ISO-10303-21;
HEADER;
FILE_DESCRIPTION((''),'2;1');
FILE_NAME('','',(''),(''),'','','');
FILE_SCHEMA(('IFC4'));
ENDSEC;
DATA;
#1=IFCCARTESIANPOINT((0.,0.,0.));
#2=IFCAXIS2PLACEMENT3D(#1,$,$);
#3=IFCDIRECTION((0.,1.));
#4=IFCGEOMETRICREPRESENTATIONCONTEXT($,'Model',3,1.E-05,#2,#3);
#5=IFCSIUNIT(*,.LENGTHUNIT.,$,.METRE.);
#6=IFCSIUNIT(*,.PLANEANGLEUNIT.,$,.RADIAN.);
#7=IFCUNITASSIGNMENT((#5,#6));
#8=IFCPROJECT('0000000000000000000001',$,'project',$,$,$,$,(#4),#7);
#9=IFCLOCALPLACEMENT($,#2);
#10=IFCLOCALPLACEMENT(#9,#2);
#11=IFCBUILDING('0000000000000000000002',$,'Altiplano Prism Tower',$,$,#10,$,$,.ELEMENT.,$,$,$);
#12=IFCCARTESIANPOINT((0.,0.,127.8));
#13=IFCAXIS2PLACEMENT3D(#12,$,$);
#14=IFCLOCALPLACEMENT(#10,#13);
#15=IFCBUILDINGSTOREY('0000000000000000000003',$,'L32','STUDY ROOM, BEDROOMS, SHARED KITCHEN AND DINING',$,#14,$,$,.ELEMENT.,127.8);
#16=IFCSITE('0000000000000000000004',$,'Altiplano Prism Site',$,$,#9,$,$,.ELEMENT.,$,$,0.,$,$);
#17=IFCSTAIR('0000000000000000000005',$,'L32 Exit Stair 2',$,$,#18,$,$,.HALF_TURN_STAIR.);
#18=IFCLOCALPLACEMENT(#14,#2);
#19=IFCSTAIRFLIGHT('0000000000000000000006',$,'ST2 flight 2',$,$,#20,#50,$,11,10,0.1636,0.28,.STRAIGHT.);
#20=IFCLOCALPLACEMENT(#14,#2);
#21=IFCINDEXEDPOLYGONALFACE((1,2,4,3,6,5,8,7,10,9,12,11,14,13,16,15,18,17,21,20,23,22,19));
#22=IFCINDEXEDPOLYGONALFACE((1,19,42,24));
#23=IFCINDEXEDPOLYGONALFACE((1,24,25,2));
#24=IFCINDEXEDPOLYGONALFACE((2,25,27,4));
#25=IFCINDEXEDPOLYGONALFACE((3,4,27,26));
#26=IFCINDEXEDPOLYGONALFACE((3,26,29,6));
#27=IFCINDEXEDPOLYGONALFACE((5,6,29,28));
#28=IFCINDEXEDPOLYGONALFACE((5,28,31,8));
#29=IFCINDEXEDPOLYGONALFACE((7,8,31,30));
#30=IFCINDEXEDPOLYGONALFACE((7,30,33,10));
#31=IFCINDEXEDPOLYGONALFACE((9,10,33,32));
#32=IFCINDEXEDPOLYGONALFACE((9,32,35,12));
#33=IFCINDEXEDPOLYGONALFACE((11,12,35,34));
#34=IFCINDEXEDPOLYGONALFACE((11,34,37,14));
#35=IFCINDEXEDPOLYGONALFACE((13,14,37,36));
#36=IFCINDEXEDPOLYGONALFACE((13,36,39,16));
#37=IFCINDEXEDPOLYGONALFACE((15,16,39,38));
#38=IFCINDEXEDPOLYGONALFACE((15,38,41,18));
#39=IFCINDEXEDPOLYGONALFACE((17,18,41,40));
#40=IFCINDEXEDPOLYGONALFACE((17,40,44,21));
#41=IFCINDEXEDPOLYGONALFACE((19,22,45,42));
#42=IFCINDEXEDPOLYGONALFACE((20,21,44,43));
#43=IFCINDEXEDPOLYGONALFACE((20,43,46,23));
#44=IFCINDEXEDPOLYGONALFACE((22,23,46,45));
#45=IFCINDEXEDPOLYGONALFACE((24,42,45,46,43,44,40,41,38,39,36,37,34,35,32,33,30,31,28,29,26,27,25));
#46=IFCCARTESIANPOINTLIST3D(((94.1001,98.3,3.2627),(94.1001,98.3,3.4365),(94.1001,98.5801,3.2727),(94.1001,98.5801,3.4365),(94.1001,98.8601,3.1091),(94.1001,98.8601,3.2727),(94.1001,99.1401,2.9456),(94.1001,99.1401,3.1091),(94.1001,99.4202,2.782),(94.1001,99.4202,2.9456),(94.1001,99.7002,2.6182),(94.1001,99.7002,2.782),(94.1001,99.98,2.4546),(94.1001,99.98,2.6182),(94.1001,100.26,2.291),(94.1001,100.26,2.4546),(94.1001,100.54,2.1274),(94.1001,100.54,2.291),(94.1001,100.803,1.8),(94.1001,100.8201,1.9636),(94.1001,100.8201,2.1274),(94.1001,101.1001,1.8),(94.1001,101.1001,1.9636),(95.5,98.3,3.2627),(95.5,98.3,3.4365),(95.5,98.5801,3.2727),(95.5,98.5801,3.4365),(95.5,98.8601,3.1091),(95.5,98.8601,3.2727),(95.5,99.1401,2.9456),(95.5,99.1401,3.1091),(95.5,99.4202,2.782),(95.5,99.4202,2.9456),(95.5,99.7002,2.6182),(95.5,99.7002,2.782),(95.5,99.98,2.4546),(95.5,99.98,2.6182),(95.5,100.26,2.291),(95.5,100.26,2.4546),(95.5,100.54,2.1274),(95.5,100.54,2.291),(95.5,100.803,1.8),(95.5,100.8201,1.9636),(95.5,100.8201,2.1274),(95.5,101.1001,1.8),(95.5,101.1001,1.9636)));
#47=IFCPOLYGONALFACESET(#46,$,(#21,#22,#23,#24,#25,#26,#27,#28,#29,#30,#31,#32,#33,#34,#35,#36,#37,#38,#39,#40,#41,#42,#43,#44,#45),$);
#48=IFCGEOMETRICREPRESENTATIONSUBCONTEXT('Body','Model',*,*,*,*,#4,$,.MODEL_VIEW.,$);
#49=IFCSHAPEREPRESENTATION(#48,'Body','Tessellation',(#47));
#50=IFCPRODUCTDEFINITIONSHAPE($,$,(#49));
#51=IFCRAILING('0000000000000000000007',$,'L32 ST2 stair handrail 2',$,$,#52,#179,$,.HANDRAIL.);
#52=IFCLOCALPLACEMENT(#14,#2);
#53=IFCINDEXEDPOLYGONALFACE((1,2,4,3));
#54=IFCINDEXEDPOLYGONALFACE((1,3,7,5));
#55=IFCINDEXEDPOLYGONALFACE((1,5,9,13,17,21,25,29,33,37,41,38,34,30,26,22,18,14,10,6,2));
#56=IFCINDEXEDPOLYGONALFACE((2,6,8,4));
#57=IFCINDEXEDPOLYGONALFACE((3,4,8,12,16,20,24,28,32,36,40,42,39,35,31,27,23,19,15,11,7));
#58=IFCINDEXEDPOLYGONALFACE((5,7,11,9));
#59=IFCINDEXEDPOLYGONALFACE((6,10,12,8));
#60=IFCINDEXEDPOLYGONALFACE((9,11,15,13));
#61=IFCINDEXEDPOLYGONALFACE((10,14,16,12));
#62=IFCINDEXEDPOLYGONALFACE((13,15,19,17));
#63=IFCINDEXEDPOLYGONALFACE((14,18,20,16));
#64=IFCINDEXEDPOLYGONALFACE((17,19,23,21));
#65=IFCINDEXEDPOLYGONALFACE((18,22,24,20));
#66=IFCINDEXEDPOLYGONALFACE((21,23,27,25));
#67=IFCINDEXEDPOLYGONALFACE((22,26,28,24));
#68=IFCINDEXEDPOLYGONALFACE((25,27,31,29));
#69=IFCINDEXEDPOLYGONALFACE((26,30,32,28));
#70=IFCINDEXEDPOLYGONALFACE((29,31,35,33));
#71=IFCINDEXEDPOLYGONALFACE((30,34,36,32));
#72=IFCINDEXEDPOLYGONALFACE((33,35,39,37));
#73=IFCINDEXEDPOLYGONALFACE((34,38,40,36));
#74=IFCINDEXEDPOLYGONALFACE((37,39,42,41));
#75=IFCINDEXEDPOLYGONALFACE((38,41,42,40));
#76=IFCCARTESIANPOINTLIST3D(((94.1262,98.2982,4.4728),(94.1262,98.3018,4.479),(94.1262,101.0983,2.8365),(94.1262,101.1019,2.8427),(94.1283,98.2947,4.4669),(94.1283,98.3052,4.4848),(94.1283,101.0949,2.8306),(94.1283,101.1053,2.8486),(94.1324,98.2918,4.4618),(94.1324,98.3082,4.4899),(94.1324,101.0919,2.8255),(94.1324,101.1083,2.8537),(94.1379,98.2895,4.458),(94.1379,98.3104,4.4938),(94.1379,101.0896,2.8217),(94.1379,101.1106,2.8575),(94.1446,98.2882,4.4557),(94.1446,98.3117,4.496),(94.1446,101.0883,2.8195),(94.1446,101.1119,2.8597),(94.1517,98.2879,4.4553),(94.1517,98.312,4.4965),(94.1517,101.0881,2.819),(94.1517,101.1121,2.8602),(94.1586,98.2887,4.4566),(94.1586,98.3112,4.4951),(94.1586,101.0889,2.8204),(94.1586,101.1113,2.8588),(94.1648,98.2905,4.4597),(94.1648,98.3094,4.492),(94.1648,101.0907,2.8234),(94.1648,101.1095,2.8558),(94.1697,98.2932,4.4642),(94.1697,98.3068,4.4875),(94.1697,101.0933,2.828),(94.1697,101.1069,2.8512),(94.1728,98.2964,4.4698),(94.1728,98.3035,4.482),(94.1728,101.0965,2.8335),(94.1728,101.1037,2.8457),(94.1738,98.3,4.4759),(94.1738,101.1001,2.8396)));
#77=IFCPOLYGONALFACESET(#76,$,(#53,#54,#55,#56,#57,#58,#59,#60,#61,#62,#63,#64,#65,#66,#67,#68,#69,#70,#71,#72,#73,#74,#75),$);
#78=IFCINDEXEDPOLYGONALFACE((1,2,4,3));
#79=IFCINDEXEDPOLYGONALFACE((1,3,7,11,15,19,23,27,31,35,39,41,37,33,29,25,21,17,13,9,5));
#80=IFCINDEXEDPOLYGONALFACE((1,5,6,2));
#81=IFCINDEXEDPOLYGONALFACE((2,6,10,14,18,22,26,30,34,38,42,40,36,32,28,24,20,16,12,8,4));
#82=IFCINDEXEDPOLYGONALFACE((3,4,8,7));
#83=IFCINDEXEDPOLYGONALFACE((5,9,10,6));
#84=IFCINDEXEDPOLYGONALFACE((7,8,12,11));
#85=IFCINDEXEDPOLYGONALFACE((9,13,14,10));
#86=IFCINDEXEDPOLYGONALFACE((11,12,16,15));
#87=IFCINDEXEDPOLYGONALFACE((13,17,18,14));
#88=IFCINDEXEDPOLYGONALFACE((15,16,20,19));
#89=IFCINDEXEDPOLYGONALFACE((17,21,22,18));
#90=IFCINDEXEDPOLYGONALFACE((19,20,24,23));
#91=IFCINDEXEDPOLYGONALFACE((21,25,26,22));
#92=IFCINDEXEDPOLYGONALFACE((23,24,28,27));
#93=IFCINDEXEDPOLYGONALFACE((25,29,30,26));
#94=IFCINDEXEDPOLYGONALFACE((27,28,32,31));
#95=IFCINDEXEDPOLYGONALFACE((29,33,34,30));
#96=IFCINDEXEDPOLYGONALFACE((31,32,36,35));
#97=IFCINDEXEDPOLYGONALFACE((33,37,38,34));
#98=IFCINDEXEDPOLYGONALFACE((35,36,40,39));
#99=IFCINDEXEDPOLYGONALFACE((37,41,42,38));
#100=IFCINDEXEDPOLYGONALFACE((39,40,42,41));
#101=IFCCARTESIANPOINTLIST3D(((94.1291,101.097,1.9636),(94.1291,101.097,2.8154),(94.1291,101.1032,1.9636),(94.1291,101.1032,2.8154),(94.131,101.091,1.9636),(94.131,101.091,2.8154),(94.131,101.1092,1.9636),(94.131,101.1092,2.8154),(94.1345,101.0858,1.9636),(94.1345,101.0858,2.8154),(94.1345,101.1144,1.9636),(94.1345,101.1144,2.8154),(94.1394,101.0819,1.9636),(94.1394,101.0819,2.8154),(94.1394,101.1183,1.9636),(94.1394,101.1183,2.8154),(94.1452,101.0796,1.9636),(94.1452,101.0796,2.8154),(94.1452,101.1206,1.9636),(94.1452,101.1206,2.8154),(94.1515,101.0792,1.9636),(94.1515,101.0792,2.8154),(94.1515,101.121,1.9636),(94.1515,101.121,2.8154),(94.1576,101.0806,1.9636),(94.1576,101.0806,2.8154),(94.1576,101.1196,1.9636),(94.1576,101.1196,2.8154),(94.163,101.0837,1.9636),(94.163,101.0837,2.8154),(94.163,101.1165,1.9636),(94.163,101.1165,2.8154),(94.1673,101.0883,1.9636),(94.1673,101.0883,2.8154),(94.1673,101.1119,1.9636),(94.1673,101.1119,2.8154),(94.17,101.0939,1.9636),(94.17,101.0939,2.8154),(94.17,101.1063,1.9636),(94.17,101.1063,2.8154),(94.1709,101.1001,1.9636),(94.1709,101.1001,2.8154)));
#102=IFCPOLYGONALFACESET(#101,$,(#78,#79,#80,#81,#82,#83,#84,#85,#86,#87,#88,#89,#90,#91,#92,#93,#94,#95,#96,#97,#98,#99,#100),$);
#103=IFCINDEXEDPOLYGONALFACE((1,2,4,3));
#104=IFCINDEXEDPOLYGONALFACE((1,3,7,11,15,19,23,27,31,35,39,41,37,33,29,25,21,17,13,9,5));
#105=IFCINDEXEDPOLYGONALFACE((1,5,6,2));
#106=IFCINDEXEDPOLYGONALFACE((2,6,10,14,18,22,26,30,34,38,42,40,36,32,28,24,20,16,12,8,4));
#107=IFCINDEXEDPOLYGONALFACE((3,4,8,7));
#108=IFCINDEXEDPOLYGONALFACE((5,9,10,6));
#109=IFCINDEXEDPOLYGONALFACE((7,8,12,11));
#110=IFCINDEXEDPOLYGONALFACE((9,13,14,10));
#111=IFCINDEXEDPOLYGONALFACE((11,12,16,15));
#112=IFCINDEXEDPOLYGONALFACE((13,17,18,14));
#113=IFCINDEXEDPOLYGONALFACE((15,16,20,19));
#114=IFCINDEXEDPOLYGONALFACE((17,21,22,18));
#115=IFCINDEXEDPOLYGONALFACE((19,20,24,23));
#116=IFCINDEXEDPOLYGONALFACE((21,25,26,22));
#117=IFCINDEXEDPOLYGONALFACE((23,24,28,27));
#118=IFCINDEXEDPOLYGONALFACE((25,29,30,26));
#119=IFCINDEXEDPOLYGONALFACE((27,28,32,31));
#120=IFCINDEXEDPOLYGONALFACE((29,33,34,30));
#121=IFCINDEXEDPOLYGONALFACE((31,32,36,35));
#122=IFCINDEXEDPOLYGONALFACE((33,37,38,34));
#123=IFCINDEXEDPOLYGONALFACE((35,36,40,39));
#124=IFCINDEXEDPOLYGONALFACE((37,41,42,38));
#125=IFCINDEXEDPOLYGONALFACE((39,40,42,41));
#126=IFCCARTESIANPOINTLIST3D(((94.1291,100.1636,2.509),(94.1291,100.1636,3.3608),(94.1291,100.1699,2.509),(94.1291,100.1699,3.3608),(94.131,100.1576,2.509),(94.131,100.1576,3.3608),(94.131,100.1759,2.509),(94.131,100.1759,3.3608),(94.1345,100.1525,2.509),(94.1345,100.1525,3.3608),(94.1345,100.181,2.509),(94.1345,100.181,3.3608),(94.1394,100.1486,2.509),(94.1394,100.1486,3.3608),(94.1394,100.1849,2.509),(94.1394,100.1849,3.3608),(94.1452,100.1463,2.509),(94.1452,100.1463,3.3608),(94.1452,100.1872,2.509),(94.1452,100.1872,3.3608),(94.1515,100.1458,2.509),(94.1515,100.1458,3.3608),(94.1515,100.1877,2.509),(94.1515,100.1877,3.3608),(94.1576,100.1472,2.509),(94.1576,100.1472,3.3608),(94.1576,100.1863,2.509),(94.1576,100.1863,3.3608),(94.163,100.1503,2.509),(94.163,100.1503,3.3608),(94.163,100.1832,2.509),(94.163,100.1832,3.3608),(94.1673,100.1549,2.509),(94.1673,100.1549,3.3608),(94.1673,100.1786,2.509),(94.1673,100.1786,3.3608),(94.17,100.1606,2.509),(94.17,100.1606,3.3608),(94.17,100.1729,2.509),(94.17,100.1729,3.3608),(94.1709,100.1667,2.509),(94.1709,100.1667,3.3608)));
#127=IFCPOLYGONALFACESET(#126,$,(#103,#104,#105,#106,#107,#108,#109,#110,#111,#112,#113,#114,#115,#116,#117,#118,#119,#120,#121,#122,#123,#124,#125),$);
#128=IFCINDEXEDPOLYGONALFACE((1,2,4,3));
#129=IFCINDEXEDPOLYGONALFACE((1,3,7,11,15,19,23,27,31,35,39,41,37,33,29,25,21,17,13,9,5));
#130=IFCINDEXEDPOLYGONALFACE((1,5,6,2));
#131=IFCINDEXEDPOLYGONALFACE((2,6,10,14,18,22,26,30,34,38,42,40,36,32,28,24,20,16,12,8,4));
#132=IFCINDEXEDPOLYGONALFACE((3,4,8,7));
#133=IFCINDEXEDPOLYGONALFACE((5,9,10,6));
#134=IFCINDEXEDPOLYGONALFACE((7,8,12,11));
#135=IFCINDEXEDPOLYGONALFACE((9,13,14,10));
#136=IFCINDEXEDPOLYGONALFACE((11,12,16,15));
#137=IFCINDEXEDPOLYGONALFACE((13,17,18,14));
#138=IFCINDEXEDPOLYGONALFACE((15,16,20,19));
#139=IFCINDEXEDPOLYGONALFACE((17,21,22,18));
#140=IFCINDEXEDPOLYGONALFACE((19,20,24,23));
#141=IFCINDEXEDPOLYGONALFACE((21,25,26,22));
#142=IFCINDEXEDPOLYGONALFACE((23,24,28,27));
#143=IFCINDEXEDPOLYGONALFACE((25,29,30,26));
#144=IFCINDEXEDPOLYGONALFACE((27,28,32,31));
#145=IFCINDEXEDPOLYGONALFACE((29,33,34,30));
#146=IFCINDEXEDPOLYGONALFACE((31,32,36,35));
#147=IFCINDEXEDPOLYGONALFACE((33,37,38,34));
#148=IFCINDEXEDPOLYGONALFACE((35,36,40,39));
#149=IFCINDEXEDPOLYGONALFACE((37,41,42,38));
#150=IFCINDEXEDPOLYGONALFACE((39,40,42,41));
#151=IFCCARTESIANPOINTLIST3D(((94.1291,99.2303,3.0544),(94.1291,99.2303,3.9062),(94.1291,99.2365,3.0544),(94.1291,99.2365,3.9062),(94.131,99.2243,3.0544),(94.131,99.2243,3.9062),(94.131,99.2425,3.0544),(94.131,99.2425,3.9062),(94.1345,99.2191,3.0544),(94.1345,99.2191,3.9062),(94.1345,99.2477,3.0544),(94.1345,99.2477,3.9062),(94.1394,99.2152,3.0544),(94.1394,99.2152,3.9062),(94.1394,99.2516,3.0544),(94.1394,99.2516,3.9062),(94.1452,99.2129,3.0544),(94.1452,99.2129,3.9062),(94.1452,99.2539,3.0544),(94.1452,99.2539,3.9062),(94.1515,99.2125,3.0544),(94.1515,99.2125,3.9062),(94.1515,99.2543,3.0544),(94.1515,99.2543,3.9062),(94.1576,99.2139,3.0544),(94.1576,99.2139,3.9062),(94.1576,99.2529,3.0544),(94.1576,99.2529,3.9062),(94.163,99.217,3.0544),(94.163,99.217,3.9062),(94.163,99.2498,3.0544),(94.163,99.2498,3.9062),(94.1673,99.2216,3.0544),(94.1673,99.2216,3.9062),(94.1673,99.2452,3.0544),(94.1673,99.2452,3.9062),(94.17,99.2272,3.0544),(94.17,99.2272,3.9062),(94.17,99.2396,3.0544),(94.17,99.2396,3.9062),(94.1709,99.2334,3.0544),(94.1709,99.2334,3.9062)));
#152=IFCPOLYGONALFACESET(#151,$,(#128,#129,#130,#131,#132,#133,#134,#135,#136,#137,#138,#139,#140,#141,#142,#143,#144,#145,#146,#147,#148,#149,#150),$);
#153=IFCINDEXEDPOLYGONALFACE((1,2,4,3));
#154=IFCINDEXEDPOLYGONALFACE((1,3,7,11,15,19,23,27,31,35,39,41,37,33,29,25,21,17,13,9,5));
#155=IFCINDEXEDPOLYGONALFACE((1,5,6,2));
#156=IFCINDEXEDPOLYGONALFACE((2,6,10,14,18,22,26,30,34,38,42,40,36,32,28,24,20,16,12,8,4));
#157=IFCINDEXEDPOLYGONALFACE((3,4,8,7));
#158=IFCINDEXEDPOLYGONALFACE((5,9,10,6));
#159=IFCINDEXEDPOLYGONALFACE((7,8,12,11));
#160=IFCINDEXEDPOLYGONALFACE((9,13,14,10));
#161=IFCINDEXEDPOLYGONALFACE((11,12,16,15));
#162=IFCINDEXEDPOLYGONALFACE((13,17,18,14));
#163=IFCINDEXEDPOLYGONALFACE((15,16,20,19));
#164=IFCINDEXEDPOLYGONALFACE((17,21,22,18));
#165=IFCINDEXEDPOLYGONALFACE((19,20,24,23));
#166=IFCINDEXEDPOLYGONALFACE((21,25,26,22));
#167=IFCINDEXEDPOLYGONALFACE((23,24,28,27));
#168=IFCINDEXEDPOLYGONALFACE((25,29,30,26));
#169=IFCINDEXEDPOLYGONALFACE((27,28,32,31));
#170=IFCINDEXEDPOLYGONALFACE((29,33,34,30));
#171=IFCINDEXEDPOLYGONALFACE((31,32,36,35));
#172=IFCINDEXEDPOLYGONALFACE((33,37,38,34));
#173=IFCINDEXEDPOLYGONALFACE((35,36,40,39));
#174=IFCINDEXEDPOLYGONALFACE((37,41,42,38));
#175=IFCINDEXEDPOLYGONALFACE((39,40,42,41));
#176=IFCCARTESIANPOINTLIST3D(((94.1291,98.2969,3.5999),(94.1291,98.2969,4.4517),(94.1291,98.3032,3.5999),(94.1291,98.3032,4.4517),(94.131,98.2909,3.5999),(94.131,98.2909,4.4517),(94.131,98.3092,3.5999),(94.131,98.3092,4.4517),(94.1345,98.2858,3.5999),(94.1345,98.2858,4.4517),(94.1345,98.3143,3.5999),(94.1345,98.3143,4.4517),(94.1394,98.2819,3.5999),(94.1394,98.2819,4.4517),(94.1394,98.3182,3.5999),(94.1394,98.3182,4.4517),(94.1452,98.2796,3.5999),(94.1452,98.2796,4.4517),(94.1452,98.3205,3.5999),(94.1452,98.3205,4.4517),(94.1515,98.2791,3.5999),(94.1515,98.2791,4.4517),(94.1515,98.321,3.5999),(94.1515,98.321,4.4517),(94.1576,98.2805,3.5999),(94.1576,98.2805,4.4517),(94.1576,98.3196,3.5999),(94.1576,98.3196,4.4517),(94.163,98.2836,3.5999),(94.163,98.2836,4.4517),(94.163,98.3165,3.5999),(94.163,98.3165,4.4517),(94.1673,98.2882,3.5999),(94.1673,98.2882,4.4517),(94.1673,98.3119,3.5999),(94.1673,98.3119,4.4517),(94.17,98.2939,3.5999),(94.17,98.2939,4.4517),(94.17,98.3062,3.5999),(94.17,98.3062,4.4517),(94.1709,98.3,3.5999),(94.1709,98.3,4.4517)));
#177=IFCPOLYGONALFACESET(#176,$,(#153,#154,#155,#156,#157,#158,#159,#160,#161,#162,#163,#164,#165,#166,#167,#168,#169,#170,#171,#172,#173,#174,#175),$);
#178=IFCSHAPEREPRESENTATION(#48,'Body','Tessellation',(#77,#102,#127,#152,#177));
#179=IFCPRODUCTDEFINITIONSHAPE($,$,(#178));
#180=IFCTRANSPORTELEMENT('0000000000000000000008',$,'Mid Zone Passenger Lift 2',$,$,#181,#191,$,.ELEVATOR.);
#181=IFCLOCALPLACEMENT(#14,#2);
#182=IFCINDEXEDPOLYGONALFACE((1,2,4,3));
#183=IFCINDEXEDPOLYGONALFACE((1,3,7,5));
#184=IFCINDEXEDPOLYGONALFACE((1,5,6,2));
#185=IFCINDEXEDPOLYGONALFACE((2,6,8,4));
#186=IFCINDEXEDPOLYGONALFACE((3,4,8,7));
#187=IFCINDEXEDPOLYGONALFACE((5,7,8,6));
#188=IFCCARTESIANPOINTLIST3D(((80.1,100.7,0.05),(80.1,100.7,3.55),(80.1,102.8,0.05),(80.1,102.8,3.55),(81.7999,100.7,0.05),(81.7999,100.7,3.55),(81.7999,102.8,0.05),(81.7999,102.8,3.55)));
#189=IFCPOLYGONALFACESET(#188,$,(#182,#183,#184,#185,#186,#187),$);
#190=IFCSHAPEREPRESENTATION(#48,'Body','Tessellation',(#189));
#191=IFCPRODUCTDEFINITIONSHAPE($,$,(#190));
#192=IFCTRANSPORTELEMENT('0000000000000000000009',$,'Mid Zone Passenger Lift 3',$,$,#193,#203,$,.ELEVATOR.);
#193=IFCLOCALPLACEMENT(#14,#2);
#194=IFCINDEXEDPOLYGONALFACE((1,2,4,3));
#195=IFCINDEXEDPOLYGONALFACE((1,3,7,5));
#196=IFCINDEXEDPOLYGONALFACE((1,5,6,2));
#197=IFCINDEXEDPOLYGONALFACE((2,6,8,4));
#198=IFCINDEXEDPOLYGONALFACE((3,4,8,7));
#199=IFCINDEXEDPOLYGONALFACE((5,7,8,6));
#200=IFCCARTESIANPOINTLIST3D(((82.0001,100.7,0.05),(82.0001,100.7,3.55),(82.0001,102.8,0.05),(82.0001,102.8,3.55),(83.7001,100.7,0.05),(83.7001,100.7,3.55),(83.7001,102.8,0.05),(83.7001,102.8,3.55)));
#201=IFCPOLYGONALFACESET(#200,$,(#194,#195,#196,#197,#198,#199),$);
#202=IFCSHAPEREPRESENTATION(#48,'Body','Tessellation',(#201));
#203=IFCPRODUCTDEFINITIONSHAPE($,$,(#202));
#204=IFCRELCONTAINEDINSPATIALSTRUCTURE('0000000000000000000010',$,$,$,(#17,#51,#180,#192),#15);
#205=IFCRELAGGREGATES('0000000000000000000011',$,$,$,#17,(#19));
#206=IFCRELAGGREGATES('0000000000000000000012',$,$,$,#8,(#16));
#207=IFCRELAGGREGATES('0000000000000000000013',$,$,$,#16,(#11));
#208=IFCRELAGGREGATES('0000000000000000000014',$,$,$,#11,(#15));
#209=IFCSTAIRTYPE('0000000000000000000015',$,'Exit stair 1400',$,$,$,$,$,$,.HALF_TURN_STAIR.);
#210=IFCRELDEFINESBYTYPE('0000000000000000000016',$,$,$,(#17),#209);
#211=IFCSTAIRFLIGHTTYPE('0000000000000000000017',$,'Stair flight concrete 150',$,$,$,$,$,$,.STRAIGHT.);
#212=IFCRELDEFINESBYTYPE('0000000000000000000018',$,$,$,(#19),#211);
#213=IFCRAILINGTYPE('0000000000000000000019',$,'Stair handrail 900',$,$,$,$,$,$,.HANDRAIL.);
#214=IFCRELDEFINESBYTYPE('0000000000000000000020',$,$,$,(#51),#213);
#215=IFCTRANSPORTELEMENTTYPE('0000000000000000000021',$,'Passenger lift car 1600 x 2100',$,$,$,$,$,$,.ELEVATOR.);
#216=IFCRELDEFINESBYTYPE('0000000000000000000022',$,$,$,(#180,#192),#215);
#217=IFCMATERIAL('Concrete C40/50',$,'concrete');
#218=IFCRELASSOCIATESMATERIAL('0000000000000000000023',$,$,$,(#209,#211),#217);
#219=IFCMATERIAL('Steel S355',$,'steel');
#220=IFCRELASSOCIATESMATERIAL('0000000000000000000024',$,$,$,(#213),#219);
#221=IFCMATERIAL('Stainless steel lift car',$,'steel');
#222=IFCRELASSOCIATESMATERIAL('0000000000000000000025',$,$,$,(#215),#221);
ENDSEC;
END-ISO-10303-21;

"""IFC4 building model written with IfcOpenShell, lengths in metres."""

from ifc_helpers import new_model, si_unit, direction, frame, origin, origin_2d, place, context, subcontext, project, spatial, polyline, rectangle, circle, outline, extrude, material, type_object, element, aggregate, save


model = new_model("IFC4")

# Units and contexts
model_context = context("Model", 3, precision=1e-05, world=origin(), true_north=direction((0.0, 1.0)))
body_context = subcontext(model_context, "Body", "Model", "MODEL_VIEW")
ifc_project = project(units=[si_unit("LENGTHUNIT", "METRE"), si_unit("PLANEANGLEUNIT", "RADIAN")], contexts=[model_context])

# Site, building, storey
site_placement = place(None, origin())
site = spatial("IfcSite", under=ifc_project, at=site_placement, Name="Altiplano Prism Site", CompositionType="ELEMENT", RefElevation=0.0)
building_placement = place(site_placement, origin())
building = spatial("IfcBuilding", under=site, at=building_placement, Name="Altiplano Prism Tower", CompositionType="ELEMENT")
storey_placement = place(building_placement, frame((0.0, 0.0, 127.8)))
storey = spatial("IfcBuildingStorey", under=building, at=storey_placement, Name="L32", Description="STUDY ROOM, BEDROOMS, SHARED KITCHEN AND DINING", CompositionType="ELEMENT", Elevation=127.8)

# Stair, stair flight
ifc_material_1 = material(Name="Concrete C40/50", Category="concrete")
stair_type = type_object("IfcStairType", Name="Exit stair 1400", PredefinedType="HALF_TURN_STAIR", material=ifc_material_1)
stair_placement = place(storey_placement, origin())
stair = element("IfcStair", 1, at=stair_placement, inside=storey, type_object=stair_type, Name="L32 Exit Stair 2", PredefinedType="HALF_TURN_STAIR")
stair_flight_type = type_object("IfcStairFlightType", Name="Stair flight concrete 150", PredefinedType="STRAIGHT", material=ifc_material_1)
stair_flight_placement = place(storey_placement, frame((94.8, 101.1001, 1.8), z_axis=(0.0, 0.0, 1.0), x_axis=(0.0, -1.0, 0.0)))
stair_flight = element("IfcStairFlight", 2, at=stair_flight_placement, type_object=stair_flight_type, Name="ST2 flight 2", NumberOfRisers=11, NumberOfTreads=10, PredefinedType="STRAIGHT", RiserHeight=0.1636, TreadLength=0.28, context=body_context, shape_type="SweptSolid", body=[
    extrude(outline(polyline([(0.0, 0.0), (0.0, 0.1636), (0.28, 0.1636), (0.28, 0.3274), (0.5601, 0.3274), (0.5601, 0.491), (0.8401, 0.491), (0.8401, 0.6545), (1.1201, 0.6545), (1.1201, 0.8181), (1.3999, 0.8181), (1.3999, 0.9819), (1.6799, 0.9819), (1.6799, 1.1455), (1.96, 1.1455), (1.96, 1.3091), (2.24, 1.3091), (2.24, 1.4727), (2.52, 1.4727), (2.52, 1.6365), (2.8, 1.6365), (2.8, 1.8), (2.8, 1.4626), (0.2971, 0.0), (0.0, 0.0)])), frame((0.0, 0.7, 0.0), z_axis=(0.0, -1.0, 0.0), x_axis=(1.0, 0.0, 0.0)), (0.0, 0.0, 1.0), 1.3999),
])
aggregate(stair, [stair_flight])

# Railing
ifc_material_2 = material(Name="Steel S355", Category="steel")
railing_type = type_object("IfcRailingType", Name="Stair handrail 900", PredefinedType="HANDRAIL", material=ifc_material_2)
railing_placement = place(storey_placement, frame((94.1499, 101.1001, 1.9636)))
element("IfcRailing", 3, at=railing_placement, inside=storey, type_object=railing_type, Name="L32 ST2 stair handrail 2", PredefinedType="HANDRAIL", context=body_context, shape_type="SweptSolid", body=[
    extrude(circle(Radius=0.0239, at=origin_2d()), frame((0.0, 0.0, 0.876), z_axis=(0.0, -0.863394, 0.504531), x_axis=(1.0, 0.0, 0.0)), (0.0, 0.0, 1.0), 3.2432),
    extrude(circle(Radius=0.021, at=origin_2d()), origin(), (0.0, 0.0, 1.0), 0.8518),
    extrude(circle(Radius=0.021, at=origin_2d()), frame((0.0, -0.9333, 0.5454)), (0.0, 0.0, 1.0), 0.8518),
    extrude(circle(Radius=0.021, at=origin_2d()), frame((0.0, -1.8667, 1.0908)), (0.0, 0.0, 1.0), 0.8518),
    extrude(circle(Radius=0.021, at=origin_2d()), frame((0.0, -2.8, 1.6362)), (0.0, 0.0, 1.0), 0.8518),
])

# Transport elements
ifc_material_3 = material(Name="Stainless steel lift car", Category="steel")
transport_element_type = type_object("IfcTransportElementType", Name="Passenger lift car 1600 x 2100", PredefinedType="ELEVATOR", material=ifc_material_3)
for number, where, z_axis, x_axis, name in (
    (4, (80.95, 101.75, 0.05), (0.0, 0.0, 1.0), (1.0, 0.0, 0.0), "Mid Zone Passenger Lift 2"),
    (5, (82.8501, 101.75, 0.05), (0.0, 0.0, 1.0), (1.0, 0.0, 0.0), "Mid Zone Passenger Lift 3"),
):
    element("IfcTransportElement", number, at=place(storey_placement, frame(where, z_axis=z_axis, x_axis=x_axis)), inside=storey, type_object=transport_element_type, Name=name, PredefinedType="ELEVATOR", context=body_context, shape_type="SweptSolid", body=[
        extrude(rectangle(XDim=1.7, YDim=2.1001, at=origin_2d()), origin(), (0.0, 0.0, 1.0), 3.5),
    ])

save(model, "model.ifc")
